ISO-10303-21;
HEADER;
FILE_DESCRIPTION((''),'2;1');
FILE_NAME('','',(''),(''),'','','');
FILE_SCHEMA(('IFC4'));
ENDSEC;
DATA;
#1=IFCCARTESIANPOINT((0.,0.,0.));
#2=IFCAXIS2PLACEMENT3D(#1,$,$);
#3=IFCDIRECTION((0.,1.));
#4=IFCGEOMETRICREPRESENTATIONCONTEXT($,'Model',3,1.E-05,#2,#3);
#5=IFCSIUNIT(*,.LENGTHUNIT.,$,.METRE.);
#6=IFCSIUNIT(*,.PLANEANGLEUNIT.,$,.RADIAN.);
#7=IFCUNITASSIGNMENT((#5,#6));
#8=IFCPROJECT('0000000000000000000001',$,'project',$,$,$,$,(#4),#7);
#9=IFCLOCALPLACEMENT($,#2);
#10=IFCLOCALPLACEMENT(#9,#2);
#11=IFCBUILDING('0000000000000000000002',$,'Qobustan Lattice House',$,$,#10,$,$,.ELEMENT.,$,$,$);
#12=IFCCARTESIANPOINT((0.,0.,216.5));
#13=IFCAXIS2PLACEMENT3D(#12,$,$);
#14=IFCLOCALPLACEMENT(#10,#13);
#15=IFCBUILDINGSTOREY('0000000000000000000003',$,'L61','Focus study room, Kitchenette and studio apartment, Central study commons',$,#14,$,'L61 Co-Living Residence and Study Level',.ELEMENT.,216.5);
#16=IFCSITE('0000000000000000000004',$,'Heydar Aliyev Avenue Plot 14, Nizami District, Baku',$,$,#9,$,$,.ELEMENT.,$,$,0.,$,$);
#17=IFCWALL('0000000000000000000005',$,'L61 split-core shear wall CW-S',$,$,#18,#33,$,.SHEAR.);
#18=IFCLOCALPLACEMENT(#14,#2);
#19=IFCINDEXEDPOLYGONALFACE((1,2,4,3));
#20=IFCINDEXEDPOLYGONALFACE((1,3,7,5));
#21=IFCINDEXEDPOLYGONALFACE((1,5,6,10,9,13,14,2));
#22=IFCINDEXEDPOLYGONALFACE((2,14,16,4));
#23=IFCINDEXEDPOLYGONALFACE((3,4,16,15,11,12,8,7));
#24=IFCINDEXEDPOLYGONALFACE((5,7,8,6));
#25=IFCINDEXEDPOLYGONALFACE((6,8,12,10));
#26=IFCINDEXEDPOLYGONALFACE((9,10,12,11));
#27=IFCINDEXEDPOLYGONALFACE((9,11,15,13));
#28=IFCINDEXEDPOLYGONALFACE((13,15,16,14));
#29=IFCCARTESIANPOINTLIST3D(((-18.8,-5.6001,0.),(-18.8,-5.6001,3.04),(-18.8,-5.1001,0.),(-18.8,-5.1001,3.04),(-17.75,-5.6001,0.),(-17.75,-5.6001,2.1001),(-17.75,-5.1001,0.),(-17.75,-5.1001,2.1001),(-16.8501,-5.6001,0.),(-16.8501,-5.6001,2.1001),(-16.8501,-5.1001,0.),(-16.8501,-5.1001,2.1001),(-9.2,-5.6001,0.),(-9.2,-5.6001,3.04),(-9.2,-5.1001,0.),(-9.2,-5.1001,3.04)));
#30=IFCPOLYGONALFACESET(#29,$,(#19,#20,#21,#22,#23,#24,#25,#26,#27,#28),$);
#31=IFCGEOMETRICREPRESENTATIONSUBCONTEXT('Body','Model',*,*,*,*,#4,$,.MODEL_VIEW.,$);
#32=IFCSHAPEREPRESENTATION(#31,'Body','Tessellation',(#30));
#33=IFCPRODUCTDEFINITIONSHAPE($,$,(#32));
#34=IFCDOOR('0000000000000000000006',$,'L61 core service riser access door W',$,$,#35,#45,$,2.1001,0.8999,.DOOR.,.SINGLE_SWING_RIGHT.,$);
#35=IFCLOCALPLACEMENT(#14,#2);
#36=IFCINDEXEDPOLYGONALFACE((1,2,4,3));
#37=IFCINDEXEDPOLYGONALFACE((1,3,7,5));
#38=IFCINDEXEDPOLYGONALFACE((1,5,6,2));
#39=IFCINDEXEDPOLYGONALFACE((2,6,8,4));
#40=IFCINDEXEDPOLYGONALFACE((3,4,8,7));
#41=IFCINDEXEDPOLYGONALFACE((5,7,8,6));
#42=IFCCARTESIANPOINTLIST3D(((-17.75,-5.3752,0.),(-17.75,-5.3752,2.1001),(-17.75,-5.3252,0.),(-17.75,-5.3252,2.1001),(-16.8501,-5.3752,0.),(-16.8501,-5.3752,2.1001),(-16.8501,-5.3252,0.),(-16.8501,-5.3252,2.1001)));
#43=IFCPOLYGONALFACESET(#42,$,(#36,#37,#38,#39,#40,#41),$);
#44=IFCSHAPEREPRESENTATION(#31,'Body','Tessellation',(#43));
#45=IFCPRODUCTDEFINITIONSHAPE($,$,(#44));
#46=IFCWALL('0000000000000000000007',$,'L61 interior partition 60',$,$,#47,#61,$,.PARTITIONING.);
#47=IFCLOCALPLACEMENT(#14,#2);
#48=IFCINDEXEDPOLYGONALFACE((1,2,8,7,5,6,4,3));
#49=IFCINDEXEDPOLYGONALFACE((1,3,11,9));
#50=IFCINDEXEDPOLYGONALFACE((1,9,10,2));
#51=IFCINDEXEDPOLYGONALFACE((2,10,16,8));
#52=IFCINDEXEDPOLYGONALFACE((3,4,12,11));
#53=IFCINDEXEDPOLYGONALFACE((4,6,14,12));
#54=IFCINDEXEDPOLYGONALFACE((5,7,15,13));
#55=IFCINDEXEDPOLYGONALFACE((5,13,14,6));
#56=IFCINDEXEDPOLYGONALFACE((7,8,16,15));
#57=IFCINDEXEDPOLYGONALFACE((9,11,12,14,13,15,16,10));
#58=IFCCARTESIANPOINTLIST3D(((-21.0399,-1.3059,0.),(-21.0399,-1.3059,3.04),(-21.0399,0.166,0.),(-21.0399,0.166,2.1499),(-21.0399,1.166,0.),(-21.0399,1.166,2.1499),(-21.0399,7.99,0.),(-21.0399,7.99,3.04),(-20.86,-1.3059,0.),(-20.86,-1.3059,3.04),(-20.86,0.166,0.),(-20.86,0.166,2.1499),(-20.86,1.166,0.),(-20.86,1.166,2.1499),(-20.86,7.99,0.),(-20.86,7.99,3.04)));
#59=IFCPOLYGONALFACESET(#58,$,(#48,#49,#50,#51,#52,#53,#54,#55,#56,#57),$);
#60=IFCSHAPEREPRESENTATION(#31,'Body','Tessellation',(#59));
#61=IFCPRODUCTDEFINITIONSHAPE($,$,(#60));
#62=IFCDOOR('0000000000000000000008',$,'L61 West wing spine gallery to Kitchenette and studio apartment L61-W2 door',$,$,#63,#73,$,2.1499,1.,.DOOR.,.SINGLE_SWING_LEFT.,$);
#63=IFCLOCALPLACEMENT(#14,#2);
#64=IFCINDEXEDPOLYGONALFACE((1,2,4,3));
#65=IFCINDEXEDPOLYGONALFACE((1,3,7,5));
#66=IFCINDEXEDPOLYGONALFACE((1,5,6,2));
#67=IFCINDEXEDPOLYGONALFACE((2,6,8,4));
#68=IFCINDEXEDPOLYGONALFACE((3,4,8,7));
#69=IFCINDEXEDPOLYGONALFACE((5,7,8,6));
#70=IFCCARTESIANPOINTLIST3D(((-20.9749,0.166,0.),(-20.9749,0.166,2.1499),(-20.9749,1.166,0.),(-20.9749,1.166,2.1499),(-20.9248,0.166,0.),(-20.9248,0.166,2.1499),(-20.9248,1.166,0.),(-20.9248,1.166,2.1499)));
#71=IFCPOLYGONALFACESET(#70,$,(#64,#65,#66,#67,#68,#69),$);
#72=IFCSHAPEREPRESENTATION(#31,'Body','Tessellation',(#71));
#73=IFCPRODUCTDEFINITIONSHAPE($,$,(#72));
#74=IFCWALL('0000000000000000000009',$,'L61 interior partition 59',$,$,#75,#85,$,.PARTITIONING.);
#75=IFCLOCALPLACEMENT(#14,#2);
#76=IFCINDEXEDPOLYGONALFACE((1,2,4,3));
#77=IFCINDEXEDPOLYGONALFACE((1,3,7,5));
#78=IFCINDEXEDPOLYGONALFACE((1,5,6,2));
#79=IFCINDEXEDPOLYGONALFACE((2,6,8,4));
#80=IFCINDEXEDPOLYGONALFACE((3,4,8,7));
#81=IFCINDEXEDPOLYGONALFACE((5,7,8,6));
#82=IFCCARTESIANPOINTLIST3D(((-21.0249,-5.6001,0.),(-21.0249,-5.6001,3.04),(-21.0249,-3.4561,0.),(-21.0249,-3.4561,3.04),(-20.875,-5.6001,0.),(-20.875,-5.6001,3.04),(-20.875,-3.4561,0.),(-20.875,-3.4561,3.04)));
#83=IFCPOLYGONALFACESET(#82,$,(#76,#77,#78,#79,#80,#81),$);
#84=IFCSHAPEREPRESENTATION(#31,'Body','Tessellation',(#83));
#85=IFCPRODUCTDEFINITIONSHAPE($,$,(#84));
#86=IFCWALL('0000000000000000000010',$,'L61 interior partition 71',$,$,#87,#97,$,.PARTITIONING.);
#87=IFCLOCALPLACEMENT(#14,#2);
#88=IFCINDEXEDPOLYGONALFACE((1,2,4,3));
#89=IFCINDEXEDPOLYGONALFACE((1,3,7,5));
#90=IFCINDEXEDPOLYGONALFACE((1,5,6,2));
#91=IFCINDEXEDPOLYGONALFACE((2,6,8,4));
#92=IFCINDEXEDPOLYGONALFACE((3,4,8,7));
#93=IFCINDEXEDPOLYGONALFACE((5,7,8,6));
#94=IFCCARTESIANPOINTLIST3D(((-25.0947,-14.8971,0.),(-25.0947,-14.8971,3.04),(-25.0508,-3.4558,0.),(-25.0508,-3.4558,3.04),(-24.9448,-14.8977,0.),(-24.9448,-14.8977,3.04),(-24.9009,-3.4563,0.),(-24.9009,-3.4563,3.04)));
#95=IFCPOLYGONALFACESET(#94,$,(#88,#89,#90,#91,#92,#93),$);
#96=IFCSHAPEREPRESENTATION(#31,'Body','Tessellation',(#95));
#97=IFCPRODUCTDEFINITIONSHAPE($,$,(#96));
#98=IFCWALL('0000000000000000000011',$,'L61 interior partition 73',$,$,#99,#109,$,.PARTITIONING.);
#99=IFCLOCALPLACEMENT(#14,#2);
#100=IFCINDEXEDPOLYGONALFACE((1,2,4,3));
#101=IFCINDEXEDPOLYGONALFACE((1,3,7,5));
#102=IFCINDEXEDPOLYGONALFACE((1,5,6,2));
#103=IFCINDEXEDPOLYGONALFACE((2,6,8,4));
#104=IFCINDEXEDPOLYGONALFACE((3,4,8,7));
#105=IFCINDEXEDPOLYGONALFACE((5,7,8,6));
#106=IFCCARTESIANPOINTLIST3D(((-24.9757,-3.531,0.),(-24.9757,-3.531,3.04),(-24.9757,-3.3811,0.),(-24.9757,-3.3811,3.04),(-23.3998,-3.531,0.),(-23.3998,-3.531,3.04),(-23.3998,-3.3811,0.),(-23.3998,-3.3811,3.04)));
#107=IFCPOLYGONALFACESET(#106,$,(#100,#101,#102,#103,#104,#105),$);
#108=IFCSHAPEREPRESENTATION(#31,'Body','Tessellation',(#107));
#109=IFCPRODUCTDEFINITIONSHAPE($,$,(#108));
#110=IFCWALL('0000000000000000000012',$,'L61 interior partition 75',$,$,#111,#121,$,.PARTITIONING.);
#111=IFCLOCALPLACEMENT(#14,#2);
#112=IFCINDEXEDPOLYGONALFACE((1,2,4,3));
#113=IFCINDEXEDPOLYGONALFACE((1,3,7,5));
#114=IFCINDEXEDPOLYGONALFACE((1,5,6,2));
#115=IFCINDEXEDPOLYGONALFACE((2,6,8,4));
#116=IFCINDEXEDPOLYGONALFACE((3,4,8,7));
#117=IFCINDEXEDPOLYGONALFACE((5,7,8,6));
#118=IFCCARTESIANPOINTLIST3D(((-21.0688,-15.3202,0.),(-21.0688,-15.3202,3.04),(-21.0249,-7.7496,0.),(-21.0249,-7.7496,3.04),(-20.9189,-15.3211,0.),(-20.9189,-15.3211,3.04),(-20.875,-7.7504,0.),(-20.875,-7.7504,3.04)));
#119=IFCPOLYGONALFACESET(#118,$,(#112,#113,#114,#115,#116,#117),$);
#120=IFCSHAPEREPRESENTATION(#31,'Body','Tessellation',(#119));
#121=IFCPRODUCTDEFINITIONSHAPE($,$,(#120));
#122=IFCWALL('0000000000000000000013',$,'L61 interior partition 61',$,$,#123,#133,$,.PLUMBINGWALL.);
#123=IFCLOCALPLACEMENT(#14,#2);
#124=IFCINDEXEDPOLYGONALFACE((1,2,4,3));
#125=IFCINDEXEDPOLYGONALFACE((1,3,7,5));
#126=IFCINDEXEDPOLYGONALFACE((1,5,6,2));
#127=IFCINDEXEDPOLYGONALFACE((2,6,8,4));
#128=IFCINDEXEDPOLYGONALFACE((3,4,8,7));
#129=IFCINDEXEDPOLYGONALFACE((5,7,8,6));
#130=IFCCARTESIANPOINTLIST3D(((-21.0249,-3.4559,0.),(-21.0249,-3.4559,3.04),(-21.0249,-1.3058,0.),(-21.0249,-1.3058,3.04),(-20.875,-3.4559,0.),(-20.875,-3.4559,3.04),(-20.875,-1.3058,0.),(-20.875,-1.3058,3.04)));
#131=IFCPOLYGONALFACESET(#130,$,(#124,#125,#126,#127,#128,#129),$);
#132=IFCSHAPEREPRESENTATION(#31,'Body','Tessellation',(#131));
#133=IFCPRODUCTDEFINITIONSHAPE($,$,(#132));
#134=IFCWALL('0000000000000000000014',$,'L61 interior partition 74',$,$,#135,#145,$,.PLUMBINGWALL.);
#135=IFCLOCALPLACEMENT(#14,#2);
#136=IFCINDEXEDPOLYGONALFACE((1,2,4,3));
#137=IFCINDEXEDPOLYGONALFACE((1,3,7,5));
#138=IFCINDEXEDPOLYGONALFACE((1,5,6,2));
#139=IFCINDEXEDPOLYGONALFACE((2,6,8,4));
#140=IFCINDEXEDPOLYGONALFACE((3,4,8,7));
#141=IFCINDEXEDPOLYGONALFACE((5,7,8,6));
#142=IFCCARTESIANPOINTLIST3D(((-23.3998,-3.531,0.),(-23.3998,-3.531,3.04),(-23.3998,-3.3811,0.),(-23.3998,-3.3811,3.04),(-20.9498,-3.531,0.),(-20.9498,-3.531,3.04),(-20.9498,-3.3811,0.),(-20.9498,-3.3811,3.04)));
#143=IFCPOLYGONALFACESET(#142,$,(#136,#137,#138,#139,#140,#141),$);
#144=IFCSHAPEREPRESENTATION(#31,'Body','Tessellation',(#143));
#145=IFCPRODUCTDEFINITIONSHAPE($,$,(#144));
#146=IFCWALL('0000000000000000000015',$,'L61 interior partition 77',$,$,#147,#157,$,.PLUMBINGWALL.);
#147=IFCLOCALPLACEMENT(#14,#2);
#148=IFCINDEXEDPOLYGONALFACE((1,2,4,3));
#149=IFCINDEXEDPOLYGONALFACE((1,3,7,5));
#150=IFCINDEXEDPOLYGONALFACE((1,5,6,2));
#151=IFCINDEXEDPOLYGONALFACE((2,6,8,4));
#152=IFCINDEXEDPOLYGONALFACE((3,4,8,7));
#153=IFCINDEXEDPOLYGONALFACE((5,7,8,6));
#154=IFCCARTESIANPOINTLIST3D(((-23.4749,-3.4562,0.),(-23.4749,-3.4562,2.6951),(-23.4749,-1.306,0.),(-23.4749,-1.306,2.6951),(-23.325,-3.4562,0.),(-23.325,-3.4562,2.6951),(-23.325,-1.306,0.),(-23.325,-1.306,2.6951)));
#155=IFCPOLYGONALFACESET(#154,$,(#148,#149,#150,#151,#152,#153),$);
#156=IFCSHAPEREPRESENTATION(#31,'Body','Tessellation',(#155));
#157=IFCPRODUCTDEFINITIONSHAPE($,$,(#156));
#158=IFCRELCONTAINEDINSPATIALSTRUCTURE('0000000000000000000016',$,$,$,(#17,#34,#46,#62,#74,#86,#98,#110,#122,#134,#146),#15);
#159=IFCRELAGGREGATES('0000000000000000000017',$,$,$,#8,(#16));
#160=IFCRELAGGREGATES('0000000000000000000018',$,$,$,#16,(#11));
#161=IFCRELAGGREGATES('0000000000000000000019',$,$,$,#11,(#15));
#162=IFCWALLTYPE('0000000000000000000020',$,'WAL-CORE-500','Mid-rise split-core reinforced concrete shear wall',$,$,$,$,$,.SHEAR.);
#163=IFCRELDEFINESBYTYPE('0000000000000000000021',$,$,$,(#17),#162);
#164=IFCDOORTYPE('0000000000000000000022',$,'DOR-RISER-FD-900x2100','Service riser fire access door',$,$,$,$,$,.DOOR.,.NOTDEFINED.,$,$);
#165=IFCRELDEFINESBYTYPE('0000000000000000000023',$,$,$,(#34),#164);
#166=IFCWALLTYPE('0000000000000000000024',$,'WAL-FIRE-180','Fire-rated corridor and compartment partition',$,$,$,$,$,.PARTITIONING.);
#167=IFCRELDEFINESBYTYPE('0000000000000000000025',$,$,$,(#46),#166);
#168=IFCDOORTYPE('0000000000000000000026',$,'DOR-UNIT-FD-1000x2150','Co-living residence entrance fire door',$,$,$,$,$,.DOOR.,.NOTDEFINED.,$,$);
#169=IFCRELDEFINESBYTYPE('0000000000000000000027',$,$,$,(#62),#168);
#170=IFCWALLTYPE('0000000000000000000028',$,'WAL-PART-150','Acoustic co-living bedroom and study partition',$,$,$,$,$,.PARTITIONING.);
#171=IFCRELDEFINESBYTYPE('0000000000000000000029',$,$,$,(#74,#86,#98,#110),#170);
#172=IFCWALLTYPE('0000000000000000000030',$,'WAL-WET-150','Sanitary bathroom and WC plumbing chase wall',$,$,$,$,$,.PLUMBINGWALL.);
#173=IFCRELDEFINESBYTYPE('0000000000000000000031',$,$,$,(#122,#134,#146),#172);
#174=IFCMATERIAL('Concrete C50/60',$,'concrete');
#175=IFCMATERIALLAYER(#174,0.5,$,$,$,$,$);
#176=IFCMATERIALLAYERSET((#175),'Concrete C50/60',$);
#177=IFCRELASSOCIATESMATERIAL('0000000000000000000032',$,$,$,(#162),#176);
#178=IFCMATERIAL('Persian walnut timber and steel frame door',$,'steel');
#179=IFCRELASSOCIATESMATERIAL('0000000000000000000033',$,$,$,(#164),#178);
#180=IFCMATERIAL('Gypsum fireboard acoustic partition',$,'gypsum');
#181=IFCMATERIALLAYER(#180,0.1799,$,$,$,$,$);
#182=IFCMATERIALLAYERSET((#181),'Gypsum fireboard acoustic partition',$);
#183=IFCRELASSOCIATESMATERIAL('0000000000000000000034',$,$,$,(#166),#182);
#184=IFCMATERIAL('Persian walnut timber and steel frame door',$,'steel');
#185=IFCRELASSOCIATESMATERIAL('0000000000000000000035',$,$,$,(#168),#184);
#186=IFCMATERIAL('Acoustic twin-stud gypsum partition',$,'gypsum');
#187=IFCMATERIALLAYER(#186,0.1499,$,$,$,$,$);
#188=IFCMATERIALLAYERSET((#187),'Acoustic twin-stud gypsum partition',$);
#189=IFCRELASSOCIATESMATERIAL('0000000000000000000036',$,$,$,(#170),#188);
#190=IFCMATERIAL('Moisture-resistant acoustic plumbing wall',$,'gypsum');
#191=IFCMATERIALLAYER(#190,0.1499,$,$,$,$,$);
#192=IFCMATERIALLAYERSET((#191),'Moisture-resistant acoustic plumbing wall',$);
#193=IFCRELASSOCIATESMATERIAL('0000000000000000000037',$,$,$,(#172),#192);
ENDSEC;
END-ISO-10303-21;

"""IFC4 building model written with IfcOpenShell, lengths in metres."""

from ifc_helpers import new_model, si_unit, direction, frame, frame_2d, origin, place, context, subcontext, project, spatial, rectangle, extrude, material, layer, layer_set, type_object, element, fill, save


model = new_model("IFC4")

# Units and contexts
model_context = context("Model", 3, precision=1e-05, world=origin(), true_north=direction((0.0, 1.0)))
body_context = subcontext(model_context, "Body", "Model", "MODEL_VIEW")
ifc_project = project(units=[si_unit("LENGTHUNIT", "METRE"), si_unit("PLANEANGLEUNIT", "RADIAN")], contexts=[model_context])

# Site, building, storey
site_placement = place(None, origin())
site = spatial("IfcSite", under=ifc_project, at=site_placement, Name="Heydar Aliyev Avenue Plot 14, Nizami District, Baku", CompositionType="ELEMENT", RefElevation=0.0)
building_placement = place(site_placement, origin())
building = spatial("IfcBuilding", under=site, at=building_placement, Name="Qobustan Lattice House", CompositionType="ELEMENT")
storey_placement = place(building_placement, frame((0.0, 0.0, 216.5)))
storey = spatial("IfcBuildingStorey", under=building, at=storey_placement, Name="L61", Description="Focus study room, Kitchenette and studio apartment, Central study commons", LongName="L61 Co-Living Residence and Study Level", CompositionType="ELEMENT", Elevation=216.5)

# Walls, openings, doors
ifc_material_1 = material(Name="Concrete C50/60", Category="concrete")
ifc_layer_1 = layer(ifc_material_1, 0.5)
ifc_layer_set_1 = layer_set([ifc_layer_1], Name="Concrete C50/60")
wall_type_1 = type_object("IfcWallType", Name="WAL-CORE-500", Description="Mid-rise split-core reinforced concrete shear wall", PredefinedType="SHEAR", material=ifc_layer_set_1)
wall_1_placement = place(storey_placement, frame((-18.8, -5.3501, 0.0), z_axis=(0.0, 0.0, 1.0), x_axis=(1.0, 0.0, 0.0)))
wall_1 = element("IfcWall", 1, at=wall_1_placement, inside=storey, type_object=wall_type_1, Name="L61 split-core shear wall CW-S", PredefinedType="SHEAR", context=body_context, shape_type="SweptSolid", body=[
    extrude(rectangle(XDim=9.6001, YDim=0.5, at=frame_2d((4.8, 0.0))), origin(), (0.0, 0.0, 1.0), 3.04),
])
opening_1_placement = place(wall_1_placement, frame((1.05, 0.0, 0.0)))
opening_1 = element("IfcOpeningElement", 2, at=opening_1_placement, cuts=wall_1, PredefinedType="OPENING", context=body_context, shape_type="SweptSolid", body=[
    extrude(rectangle(XDim=0.8999, YDim=2.1001, at=frame_2d((0.45, 1.05))), frame((0.0, 0.26, 0.0), z_axis=(0.0, -1.0, 0.0), x_axis=(1.0, 0.0, 0.0)), (0.0, 0.0, 1.0), 0.52),
])
ifc_material_2 = material(Name="Persian walnut timber and steel frame door", Category="steel")
door_type_1 = type_object("IfcDoorType", Name="DOR-RISER-FD-900x2100", Description="Service riser fire access door", OperationType="NOTDEFINED", PredefinedType="DOOR", material=ifc_material_2)
door_1_placement = place(opening_1_placement, origin())
door_1 = element("IfcDoor", 3, at=door_1_placement, inside=storey, type_object=door_type_1, Name="L61 core service riser access door W", OperationType="SINGLE_SWING_RIGHT", OverallHeight=2.1001, OverallWidth=0.8999, PredefinedType="DOOR", context=body_context, shape_type="SweptSolid", body=[
    extrude(rectangle(XDim=0.8999, YDim=2.1001, at=frame_2d((0.45, 1.05))), frame((0.0, 0.0249, 0.0), z_axis=(0.0, -1.0, 0.0), x_axis=(1.0, 0.0, 0.0)), (0.0, 0.0, 1.0), 0.05),
])
fill(opening_1, door_1)
ifc_material_3 = material(Name="Gypsum fireboard acoustic partition", Category="gypsum")
ifc_layer_2 = layer(ifc_material_3, 0.1799)
ifc_layer_set_2 = layer_set([ifc_layer_2], Name="Gypsum fireboard acoustic partition")
wall_type_2 = type_object("IfcWallType", Name="WAL-FIRE-180", Description="Fire-rated corridor and compartment partition", PredefinedType="PARTITIONING", material=ifc_layer_set_2)
wall_2_placement = place(storey_placement, frame((-20.95, -1.3059, 0.0), z_axis=(0.0, 0.0, 1.0), x_axis=(0.0, 1.0, 0.0)))
wall_2 = element("IfcWall", 4, at=wall_2_placement, inside=storey, type_object=wall_type_2, Name="L61 interior partition 60", PredefinedType="PARTITIONING", context=body_context, shape_type="SweptSolid", body=[
    extrude(rectangle(XDim=9.2959, YDim=0.1799, at=frame_2d((4.6479, 0.0))), origin(), (0.0, 0.0, 1.0), 3.04),
])
opening_2_placement = place(wall_2_placement, frame((1.4719, 0.0, 0.0)))
opening_2 = element("IfcOpeningElement", 5, at=opening_2_placement, cuts=wall_2, PredefinedType="OPENING", context=body_context, shape_type="SweptSolid", body=[
    extrude(rectangle(XDim=1.0, YDim=2.1499, at=frame_2d((0.5, 1.075))), frame((0.0, 0.0999, 0.0), z_axis=(0.0, -1.0, 0.0), x_axis=(1.0, 0.0, 0.0)), (0.0, 0.0, 1.0), 0.2),
])
ifc_material_4 = material(Name="Persian walnut timber and steel frame door", Category="steel")
door_type_2 = type_object("IfcDoorType", Name="DOR-UNIT-FD-1000x2150", Description="Co-living residence entrance fire door", OperationType="NOTDEFINED", PredefinedType="DOOR", material=ifc_material_4)
door_2_placement = place(opening_2_placement, origin())
door_2 = element("IfcDoor", 6, at=door_2_placement, inside=storey, type_object=door_type_2, Name="L61 West wing spine gallery to Kitchenette and studio apartment L61-W2 door", OperationType="SINGLE_SWING_LEFT", OverallHeight=2.1499, OverallWidth=1.0, PredefinedType="DOOR", context=body_context, shape_type="SweptSolid", body=[
    extrude(rectangle(XDim=1.0, YDim=2.1499, at=frame_2d((0.5, 1.075))), frame((0.0, 0.0249, 0.0), z_axis=(0.0, -1.0, 0.0), x_axis=(1.0, 0.0, 0.0)), (0.0, 0.0, 1.0), 0.05),
])
fill(opening_2, door_2)

# Walls
ifc_material_5 = material(Name="Acoustic twin-stud gypsum partition", Category="gypsum")
ifc_layer_3 = layer(ifc_material_5, 0.1499)
ifc_layer_set_3 = layer_set([ifc_layer_3], Name="Acoustic twin-stud gypsum partition")
wall_type_3 = type_object("IfcWallType", Name="WAL-PART-150", Description="Acoustic co-living bedroom and study partition", PredefinedType="PARTITIONING", material=ifc_layer_set_3)
wall_3_placement = place(storey_placement, frame((-20.95, -5.6001, 0.0), z_axis=(0.0, 0.0, 1.0), x_axis=(0.0, 1.0, 0.0)))
element("IfcWall", 7, at=wall_3_placement, inside=storey, type_object=wall_type_3, Name="L61 interior partition 59", PredefinedType="PARTITIONING", context=body_context, shape_type="SweptSolid", body=[
    extrude(rectangle(XDim=2.144, YDim=0.1499, at=frame_2d((1.072, 0.0))), origin(), (0.0, 0.0, 1.0), 3.04),
])
wall_4_placement = place(storey_placement, frame((-24.9758, -3.4561, 0.0), z_axis=(0.0, 0.0, 1.0), x_axis=(-0.003841, -0.999993, 0.0)))
element("IfcWall", 8, at=wall_4_placement, inside=storey, type_object=wall_type_3, Name="L61 interior partition 71", PredefinedType="PARTITIONING", context=body_context, shape_type="SweptSolid", body=[
    extrude(rectangle(XDim=11.4414, YDim=0.1499, at=frame_2d((5.7207, 0.0))), origin(), (0.0, 0.0, 1.0), 3.04),
])

# Walls
wall_5_placement = place(storey_placement, frame((-24.9758, -3.4561, 0.0), z_axis=(0.0, 0.0, 1.0), x_axis=(1.0, 0.0, 0.0)))
element("IfcWall", 9, at=wall_5_placement, inside=storey, type_object=wall_type_3, Name="L61 interior partition 73", PredefinedType="PARTITIONING", context=body_context, shape_type="SweptSolid", body=[
    extrude(rectangle(XDim=1.5759, YDim=0.1499, at=frame_2d((0.7881, 0.0))), origin(), (0.0, 0.0, 1.0), 3.04),
])
wall_6_placement = place(storey_placement, frame((-20.95, -7.75, 0.0), z_axis=(0.0, 0.0, 1.0), x_axis=(-0.005805, -0.999983, 0.0)))
element("IfcWall", 10, at=wall_6_placement, inside=storey, type_object=wall_type_3, Name="L61 interior partition 75", PredefinedType="PARTITIONING", context=body_context, shape_type="SweptSolid", body=[
    extrude(rectangle(XDim=7.5708, YDim=0.1499, at=frame_2d((3.7854, 0.0))), origin(), (0.0, 0.0, 1.0), 3.04),
])
ifc_material_6 = material(Name="Moisture-resistant acoustic plumbing wall", Category="gypsum")
ifc_layer_4 = layer(ifc_material_6, 0.1499)
ifc_layer_set_4 = layer_set([ifc_layer_4], Name="Moisture-resistant acoustic plumbing wall")
wall_type_4 = type_object("IfcWallType", Name="WAL-WET-150", Description="Sanitary bathroom and WC plumbing chase wall", PredefinedType="PLUMBINGWALL", material=ifc_layer_set_4)
wall_7_placement = place(storey_placement, frame((-20.95, -3.4561, 0.0), z_axis=(0.0, 0.0, 1.0), x_axis=(0.0, 1.0, 0.0)))
element("IfcWall", 11, at=wall_7_placement, inside=storey, type_object=wall_type_4, Name="L61 interior partition 61", PredefinedType="PLUMBINGWALL", context=body_context, shape_type="SweptSolid", body=[
    extrude(rectangle(XDim=2.1501, YDim=0.1499, at=frame_2d((1.0752, 0.0))), origin(), (0.0, 0.0, 1.0), 3.04),
])
wall_8_placement = place(storey_placement, frame((-23.3999, -3.4561, 0.0), z_axis=(0.0, 0.0, 1.0), x_axis=(1.0, 0.0, 0.0)))
element("IfcWall", 12, at=wall_8_placement, inside=storey, type_object=wall_type_4, Name="L61 interior partition 74", PredefinedType="PLUMBINGWALL", context=body_context, shape_type="SweptSolid", body=[
    extrude(rectangle(XDim=2.45, YDim=0.1499, at=frame_2d((1.2251, 0.0))), origin(), (0.0, 0.0, 1.0), 3.04),
])
wall_9_placement = place(storey_placement, frame((-23.3999, -1.3059, 0.0), z_axis=(0.0, 0.0, 1.0), x_axis=(0.0, -1.0, 0.0)))
element("IfcWall", 13, at=wall_9_placement, inside=storey, type_object=wall_type_4, Name="L61 interior partition 77", PredefinedType="PLUMBINGWALL", context=body_context, shape_type="SweptSolid", body=[
    extrude(rectangle(XDim=2.1501, YDim=0.1499, at=frame_2d((1.0752, 0.0))), origin(), (0.0, 0.0, 1.0), 2.6951),
])

save(model, "model.ifc")
